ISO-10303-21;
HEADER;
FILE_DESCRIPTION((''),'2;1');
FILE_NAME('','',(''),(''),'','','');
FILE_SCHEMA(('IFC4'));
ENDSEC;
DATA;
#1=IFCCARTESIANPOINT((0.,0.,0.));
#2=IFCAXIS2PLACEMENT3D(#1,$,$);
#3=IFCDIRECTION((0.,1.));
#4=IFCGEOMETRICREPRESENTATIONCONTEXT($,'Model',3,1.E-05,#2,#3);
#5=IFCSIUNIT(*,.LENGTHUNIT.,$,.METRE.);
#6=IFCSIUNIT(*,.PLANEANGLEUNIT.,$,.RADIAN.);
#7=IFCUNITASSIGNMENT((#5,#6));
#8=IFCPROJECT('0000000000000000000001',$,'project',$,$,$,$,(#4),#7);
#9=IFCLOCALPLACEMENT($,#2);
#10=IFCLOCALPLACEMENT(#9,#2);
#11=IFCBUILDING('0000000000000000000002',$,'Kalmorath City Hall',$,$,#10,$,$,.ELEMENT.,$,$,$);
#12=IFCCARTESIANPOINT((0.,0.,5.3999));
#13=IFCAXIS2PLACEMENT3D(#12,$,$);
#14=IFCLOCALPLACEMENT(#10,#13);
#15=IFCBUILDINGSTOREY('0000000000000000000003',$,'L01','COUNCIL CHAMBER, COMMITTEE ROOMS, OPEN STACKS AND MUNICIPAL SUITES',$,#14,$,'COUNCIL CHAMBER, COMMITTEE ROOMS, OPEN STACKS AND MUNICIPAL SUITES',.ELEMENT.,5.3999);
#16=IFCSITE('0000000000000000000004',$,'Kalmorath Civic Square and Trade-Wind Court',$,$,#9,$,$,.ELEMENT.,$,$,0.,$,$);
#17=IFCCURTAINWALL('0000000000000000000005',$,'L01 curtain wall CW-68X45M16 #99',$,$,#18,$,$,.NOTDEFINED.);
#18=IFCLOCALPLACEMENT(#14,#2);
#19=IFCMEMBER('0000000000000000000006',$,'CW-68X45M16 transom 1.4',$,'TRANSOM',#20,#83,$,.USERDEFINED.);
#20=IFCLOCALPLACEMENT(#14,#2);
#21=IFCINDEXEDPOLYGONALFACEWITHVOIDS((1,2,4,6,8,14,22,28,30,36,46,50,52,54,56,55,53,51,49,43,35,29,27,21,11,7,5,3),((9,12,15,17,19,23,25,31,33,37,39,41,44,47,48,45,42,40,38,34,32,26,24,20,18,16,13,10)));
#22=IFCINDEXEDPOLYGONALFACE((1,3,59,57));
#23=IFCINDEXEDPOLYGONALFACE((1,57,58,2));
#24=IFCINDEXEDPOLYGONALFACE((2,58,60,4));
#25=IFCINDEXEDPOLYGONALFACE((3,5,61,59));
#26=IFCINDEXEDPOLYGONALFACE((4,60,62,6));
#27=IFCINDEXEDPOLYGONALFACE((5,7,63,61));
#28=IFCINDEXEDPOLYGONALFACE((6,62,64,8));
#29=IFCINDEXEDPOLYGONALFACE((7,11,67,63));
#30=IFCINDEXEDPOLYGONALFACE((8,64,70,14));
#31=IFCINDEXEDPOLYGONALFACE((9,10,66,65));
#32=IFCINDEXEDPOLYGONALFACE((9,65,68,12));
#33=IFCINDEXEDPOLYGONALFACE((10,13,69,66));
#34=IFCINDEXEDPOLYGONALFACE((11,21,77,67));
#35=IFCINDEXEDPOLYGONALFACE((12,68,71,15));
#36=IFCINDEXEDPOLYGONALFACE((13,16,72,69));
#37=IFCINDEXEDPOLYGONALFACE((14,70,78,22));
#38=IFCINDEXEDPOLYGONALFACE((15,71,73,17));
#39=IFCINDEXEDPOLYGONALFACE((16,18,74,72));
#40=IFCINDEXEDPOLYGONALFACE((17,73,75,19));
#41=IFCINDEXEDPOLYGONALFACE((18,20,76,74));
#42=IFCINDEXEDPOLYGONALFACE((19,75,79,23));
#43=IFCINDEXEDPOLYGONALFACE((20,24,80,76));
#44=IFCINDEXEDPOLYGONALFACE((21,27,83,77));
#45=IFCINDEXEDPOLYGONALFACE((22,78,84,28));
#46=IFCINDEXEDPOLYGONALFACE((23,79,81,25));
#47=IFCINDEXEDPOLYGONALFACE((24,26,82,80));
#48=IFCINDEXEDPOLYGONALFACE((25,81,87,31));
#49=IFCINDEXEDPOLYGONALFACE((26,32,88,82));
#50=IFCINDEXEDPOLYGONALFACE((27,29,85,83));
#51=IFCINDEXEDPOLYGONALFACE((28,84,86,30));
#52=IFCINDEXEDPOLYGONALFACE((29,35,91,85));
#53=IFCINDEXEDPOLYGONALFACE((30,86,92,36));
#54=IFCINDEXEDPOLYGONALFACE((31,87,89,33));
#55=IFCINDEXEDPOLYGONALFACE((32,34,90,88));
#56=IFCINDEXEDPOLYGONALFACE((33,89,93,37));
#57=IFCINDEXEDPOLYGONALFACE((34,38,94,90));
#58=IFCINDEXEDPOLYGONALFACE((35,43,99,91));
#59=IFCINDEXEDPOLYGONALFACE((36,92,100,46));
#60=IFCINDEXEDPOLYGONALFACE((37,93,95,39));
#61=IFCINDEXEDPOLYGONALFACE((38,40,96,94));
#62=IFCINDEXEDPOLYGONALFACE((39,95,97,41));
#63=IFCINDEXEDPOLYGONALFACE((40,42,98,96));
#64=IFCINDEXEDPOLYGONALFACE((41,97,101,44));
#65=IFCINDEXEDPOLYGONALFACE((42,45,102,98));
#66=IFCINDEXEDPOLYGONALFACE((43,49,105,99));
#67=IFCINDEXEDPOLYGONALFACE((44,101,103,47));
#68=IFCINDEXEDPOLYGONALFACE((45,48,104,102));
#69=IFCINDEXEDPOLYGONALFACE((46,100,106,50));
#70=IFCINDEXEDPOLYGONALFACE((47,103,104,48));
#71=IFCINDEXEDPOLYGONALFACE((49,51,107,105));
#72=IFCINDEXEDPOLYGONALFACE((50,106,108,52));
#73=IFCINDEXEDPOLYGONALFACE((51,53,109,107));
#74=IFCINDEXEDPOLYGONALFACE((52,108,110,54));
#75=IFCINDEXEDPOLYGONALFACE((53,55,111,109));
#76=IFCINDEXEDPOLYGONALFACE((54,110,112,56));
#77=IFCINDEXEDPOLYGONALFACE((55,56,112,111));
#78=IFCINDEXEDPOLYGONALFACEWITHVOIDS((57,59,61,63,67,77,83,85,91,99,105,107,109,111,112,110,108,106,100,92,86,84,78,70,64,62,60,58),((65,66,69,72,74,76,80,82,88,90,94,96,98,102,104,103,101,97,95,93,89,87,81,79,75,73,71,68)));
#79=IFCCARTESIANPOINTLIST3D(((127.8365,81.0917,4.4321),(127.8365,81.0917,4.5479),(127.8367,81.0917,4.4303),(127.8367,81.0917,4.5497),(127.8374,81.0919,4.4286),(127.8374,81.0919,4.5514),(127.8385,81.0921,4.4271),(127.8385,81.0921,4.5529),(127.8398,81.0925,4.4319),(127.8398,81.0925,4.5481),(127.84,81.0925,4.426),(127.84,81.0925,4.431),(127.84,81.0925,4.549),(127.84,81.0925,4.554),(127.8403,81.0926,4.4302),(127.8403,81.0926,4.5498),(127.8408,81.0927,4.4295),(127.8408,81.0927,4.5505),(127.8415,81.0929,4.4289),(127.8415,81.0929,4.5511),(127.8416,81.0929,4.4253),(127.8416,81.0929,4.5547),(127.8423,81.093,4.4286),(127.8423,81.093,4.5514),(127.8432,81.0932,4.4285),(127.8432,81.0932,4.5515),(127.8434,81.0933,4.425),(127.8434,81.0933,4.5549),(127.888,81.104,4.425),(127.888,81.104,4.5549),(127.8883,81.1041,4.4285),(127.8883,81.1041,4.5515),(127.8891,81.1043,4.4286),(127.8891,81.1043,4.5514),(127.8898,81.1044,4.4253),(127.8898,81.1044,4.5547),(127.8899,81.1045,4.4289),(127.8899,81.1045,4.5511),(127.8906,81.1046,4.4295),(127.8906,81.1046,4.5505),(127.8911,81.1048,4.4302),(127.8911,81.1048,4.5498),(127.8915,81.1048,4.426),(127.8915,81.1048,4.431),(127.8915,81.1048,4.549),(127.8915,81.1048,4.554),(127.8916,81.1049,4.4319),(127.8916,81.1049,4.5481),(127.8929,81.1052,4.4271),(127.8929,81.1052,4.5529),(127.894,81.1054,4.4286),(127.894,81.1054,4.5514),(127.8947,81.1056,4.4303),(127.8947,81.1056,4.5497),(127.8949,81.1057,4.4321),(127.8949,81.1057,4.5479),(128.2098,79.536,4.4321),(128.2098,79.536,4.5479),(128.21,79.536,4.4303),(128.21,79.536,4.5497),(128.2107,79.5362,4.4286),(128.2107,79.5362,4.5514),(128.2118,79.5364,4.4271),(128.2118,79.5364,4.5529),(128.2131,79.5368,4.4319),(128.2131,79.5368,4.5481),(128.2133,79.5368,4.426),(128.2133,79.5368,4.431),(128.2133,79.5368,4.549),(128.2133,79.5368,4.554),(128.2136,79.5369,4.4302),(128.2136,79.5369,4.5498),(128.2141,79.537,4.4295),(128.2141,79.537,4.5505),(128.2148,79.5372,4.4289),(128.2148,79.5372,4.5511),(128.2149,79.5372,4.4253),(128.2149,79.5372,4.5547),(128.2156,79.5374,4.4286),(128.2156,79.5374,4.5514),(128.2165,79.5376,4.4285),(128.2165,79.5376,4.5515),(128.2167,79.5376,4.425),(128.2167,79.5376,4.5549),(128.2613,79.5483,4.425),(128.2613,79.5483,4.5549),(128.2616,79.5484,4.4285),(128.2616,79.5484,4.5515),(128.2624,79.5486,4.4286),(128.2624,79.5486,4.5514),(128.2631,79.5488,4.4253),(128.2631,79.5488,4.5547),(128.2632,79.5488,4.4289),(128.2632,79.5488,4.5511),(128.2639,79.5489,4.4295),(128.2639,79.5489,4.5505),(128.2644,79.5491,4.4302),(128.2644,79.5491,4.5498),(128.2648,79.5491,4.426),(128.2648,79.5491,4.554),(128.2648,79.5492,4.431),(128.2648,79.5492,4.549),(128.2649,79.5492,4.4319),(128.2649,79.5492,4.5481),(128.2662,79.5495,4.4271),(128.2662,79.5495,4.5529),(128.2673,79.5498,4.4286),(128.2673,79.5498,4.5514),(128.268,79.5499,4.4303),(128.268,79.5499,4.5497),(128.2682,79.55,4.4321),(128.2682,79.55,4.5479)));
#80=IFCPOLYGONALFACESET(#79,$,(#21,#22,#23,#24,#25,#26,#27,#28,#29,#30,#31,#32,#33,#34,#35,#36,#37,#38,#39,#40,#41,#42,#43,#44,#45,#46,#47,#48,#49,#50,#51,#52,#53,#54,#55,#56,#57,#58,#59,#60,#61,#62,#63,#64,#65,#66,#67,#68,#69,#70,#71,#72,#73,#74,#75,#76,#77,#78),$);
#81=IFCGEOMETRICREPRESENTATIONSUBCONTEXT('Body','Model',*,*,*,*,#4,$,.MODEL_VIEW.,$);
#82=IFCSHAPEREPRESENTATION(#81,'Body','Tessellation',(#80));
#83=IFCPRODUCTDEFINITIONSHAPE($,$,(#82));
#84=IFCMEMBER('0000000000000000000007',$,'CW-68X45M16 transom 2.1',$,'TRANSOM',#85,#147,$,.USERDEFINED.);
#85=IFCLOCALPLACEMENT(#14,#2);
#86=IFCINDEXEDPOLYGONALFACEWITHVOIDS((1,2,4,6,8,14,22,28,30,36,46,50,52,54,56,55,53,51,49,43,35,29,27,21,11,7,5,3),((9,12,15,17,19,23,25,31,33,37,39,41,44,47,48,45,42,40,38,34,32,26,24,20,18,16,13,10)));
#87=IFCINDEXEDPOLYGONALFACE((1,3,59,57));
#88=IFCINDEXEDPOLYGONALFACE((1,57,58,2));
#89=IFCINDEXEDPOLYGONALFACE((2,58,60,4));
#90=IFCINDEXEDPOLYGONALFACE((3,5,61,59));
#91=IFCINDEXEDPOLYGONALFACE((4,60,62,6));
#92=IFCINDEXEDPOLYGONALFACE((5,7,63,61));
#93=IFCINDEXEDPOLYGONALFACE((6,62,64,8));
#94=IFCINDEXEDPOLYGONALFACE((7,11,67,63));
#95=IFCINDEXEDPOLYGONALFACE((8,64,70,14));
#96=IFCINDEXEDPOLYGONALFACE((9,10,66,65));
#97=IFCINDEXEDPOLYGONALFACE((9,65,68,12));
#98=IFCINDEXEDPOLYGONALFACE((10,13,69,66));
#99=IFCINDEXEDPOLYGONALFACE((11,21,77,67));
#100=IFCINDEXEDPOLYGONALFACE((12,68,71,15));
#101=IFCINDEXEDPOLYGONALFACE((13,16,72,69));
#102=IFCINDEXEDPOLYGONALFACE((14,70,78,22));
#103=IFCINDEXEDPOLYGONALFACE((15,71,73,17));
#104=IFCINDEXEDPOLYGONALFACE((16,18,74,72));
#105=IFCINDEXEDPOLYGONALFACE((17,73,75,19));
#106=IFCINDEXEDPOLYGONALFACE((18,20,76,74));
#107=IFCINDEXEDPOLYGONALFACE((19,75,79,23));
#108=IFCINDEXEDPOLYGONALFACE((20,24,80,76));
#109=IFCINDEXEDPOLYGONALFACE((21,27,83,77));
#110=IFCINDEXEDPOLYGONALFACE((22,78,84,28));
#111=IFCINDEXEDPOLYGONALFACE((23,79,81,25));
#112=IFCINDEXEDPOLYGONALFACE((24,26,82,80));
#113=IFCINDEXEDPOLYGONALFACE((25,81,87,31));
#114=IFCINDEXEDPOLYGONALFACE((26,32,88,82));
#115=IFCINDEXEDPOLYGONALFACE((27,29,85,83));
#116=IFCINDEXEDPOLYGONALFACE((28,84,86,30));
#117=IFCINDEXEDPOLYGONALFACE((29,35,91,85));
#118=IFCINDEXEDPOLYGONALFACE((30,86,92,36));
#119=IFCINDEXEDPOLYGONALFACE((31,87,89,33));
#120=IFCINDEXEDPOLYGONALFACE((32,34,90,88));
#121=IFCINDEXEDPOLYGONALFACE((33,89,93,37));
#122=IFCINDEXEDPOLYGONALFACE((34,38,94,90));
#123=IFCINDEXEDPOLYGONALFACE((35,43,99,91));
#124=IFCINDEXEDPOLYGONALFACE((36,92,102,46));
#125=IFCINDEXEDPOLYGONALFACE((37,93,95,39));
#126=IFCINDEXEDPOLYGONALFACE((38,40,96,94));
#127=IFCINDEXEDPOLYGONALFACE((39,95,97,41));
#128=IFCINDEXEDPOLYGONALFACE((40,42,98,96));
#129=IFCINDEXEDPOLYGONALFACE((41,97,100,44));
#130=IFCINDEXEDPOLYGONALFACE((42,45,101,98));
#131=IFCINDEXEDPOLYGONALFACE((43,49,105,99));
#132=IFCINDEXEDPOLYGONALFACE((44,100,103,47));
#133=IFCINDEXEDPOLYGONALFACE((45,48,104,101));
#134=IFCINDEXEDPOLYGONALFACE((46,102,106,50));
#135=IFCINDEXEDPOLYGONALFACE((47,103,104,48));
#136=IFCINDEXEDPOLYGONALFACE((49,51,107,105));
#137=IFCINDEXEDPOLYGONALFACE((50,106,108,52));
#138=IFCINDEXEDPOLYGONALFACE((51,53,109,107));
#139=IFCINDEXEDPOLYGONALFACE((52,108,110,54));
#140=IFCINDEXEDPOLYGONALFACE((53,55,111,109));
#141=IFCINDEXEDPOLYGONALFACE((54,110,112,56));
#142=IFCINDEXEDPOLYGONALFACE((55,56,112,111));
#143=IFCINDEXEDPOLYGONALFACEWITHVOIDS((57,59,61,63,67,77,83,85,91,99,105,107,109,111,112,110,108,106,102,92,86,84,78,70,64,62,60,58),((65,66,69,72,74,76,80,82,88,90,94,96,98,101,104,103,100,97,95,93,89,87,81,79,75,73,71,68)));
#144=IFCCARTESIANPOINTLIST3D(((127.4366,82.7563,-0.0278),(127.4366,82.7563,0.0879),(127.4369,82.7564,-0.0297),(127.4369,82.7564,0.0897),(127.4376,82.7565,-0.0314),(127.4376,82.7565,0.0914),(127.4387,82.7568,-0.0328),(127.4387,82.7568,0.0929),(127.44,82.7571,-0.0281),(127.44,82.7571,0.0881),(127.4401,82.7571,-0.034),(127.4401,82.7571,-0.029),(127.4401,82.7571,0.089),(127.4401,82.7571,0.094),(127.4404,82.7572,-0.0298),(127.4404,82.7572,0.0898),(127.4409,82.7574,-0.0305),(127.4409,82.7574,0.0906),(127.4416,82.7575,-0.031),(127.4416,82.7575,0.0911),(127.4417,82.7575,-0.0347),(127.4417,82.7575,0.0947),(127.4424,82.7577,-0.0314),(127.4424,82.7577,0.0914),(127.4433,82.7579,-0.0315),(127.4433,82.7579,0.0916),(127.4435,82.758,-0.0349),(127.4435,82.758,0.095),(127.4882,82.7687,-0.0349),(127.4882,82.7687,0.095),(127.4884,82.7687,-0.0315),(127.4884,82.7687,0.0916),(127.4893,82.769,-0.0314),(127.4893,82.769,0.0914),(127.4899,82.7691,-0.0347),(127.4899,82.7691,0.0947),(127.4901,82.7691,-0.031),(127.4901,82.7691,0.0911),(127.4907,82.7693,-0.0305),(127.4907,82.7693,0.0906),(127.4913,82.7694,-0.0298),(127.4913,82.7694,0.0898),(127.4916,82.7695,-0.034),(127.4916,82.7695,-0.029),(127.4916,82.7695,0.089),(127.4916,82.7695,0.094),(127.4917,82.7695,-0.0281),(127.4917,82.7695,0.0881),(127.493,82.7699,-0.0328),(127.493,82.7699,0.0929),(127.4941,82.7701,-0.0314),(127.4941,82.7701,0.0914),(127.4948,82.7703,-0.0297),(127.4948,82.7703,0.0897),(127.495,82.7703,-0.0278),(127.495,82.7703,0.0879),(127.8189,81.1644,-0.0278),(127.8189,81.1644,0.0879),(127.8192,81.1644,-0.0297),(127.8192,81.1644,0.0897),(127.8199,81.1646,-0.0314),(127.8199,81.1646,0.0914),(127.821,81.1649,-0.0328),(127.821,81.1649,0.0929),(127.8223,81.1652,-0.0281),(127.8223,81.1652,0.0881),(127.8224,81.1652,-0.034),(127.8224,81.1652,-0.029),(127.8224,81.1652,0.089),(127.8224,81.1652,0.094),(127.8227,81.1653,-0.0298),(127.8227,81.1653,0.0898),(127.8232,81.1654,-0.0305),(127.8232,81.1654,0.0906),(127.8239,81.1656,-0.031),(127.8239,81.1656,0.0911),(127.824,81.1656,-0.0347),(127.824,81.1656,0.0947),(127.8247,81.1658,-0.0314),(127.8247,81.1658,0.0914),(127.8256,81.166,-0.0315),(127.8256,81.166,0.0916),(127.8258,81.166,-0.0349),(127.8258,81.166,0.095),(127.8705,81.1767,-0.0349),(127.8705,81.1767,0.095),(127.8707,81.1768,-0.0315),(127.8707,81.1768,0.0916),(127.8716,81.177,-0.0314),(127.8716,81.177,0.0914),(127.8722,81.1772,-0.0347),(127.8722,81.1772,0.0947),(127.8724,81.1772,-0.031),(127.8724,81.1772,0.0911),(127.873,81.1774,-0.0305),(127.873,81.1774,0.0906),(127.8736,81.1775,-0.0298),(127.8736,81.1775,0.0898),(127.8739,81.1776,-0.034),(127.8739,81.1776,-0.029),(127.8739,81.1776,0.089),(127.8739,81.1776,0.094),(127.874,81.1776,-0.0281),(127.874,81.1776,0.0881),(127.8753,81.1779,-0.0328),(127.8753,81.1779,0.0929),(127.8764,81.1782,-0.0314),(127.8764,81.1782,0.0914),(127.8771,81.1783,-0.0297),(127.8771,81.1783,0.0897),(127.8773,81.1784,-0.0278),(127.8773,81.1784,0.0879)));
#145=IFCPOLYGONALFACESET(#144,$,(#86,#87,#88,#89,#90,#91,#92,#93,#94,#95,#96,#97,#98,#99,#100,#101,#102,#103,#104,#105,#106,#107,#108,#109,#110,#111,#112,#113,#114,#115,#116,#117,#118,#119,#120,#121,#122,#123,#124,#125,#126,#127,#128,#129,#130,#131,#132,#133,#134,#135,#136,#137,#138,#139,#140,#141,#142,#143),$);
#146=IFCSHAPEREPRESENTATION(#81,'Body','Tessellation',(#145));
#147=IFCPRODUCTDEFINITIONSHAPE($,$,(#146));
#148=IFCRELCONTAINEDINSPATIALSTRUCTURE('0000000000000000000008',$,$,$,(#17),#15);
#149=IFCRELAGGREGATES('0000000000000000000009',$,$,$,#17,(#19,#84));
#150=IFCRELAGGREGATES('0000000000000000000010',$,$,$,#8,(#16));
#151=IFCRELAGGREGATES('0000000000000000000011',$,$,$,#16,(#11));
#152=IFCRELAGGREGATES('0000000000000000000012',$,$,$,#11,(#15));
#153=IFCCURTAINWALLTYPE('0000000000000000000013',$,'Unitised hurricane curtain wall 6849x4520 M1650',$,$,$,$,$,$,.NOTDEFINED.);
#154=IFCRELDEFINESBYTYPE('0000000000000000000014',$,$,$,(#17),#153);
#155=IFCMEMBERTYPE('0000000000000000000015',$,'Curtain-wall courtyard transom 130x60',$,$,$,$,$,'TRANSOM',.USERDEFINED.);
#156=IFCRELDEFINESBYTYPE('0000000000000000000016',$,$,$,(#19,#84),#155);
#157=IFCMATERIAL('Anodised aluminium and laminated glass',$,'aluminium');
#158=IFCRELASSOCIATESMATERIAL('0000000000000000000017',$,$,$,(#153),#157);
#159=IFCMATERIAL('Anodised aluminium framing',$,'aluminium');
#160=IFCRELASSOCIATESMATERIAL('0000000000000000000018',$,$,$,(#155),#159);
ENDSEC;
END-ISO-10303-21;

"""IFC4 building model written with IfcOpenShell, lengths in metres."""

from ifc_helpers import new_model, si_unit, direction, frame, origin, origin_2d, place, context, subcontext, project, spatial, hollow_rectangle, extrude, material, material_profile, profile_set, type_object, element, aggregate, save


model = new_model("IFC4")

# Units and contexts
model_context = context("Model", 3, precision=1e-05, world=origin(), true_north=direction((0.0, 1.0)))
body_context = subcontext(model_context, "Body", "Model", "MODEL_VIEW")
ifc_project = project(units=[si_unit("LENGTHUNIT", "METRE"), si_unit("PLANEANGLEUNIT", "RADIAN")], contexts=[model_context])

# Site, building, storey
site_placement = place(None, origin())
site = spatial("IfcSite", under=ifc_project, at=site_placement, Name="Kalmorath Civic Square and Trade-Wind Court", CompositionType="ELEMENT", RefElevation=0.0)
building_placement = place(site_placement, origin())
building = spatial("IfcBuilding", under=site, at=building_placement, Name="Kalmorath City Hall", CompositionType="ELEMENT")
storey_placement = place(building_placement, frame((0.0, 0.0, 5.3999)))
storey = spatial("IfcBuildingStorey", under=building, at=storey_placement, Name="L01", Description="COUNCIL CHAMBER, COMMITTEE ROOMS, OPEN STACKS AND MUNICIPAL SUITES", LongName="COUNCIL CHAMBER, COMMITTEE ROOMS, OPEN STACKS AND MUNICIPAL SUITES", CompositionType="ELEMENT", Elevation=5.3999)

# Curtain wall, members
ifc_material_1 = material(Name="Anodised aluminium and laminated glass", Category="aluminium")
curtain_wall_type = type_object("IfcCurtainWallType", Name="Unitised hurricane curtain wall 6849x4520 M1650", PredefinedType="NOTDEFINED", material=ifc_material_1)
curtain_wall_1_placement = place(storey_placement, origin())
curtain_wall_1 = element("IfcCurtainWall", 1, at=curtain_wall_1_placement, inside=storey, type_object=curtain_wall_type, Name="L01 curtain wall CW-68X45M16 #99", PredefinedType="NOTDEFINED")
ifc_material_2 = material(Name="Anodised aluminium framing", Category="aluminium")
ifc_material_profile_1 = material_profile(ifc_material_2, hollow_rectangle(XDim=0.0601, YDim=0.1299, WallThickness=0.0034, InnerFilletRadius=0.0034, OuterFilletRadius=0.0071, at=origin_2d()), Name="ALU-TRN-130X60X3.5")
ifc_profile_set_1 = profile_set([ifc_material_profile_1], Name="Anodised aluminium framing")
member_type_1 = type_object("IfcMemberType", Name="Curtain-wall courtyard transom 130x60", ElementType="TRANSOM", PredefinedType="USERDEFINED", material=ifc_profile_set_1)
member_1_placement = place(storey_placement, frame((128.239, 79.543, 4.49), z_axis=(-0.233333, 0.972397, 0.0), x_axis=(-0.972397, -0.233333, 0.0)))
member_1 = element("IfcMember", 2, at=member_1_placement, type_object=member_type_1, Name="CW-68X45M16 transom 1.4", ObjectType="TRANSOM", PredefinedType="USERDEFINED", context=body_context, shape_type="SweptSolid", body=[
    extrude(hollow_rectangle(XDim=0.0601, YDim=0.1299, WallThickness=0.0034, InnerFilletRadius=0.0034, OuterFilletRadius=0.0071, at=origin_2d()), origin(), (0.0, 0.0, 1.0), 1.5999),
])
member_2_placement = place(storey_placement, frame((127.8481, 81.1714, 0.03), z_axis=(-0.233508, 0.972355, 0.0), x_axis=(-0.972355, -0.233508, 0.0)))
member_2 = element("IfcMember", 3, at=member_2_placement, type_object=member_type_1, Name="CW-68X45M16 transom 2.1", ObjectType="TRANSOM", PredefinedType="USERDEFINED", context=body_context, shape_type="SweptSolid", body=[
    extrude(hollow_rectangle(XDim=0.0601, YDim=0.1299, WallThickness=0.0034, InnerFilletRadius=0.0034, OuterFilletRadius=0.0071, at=origin_2d()), origin(), (0.0, 0.0, 1.0), 1.6372),
])

aggregate(curtain_wall_1, [member_1, member_2])

save(model, "model.ifc")
